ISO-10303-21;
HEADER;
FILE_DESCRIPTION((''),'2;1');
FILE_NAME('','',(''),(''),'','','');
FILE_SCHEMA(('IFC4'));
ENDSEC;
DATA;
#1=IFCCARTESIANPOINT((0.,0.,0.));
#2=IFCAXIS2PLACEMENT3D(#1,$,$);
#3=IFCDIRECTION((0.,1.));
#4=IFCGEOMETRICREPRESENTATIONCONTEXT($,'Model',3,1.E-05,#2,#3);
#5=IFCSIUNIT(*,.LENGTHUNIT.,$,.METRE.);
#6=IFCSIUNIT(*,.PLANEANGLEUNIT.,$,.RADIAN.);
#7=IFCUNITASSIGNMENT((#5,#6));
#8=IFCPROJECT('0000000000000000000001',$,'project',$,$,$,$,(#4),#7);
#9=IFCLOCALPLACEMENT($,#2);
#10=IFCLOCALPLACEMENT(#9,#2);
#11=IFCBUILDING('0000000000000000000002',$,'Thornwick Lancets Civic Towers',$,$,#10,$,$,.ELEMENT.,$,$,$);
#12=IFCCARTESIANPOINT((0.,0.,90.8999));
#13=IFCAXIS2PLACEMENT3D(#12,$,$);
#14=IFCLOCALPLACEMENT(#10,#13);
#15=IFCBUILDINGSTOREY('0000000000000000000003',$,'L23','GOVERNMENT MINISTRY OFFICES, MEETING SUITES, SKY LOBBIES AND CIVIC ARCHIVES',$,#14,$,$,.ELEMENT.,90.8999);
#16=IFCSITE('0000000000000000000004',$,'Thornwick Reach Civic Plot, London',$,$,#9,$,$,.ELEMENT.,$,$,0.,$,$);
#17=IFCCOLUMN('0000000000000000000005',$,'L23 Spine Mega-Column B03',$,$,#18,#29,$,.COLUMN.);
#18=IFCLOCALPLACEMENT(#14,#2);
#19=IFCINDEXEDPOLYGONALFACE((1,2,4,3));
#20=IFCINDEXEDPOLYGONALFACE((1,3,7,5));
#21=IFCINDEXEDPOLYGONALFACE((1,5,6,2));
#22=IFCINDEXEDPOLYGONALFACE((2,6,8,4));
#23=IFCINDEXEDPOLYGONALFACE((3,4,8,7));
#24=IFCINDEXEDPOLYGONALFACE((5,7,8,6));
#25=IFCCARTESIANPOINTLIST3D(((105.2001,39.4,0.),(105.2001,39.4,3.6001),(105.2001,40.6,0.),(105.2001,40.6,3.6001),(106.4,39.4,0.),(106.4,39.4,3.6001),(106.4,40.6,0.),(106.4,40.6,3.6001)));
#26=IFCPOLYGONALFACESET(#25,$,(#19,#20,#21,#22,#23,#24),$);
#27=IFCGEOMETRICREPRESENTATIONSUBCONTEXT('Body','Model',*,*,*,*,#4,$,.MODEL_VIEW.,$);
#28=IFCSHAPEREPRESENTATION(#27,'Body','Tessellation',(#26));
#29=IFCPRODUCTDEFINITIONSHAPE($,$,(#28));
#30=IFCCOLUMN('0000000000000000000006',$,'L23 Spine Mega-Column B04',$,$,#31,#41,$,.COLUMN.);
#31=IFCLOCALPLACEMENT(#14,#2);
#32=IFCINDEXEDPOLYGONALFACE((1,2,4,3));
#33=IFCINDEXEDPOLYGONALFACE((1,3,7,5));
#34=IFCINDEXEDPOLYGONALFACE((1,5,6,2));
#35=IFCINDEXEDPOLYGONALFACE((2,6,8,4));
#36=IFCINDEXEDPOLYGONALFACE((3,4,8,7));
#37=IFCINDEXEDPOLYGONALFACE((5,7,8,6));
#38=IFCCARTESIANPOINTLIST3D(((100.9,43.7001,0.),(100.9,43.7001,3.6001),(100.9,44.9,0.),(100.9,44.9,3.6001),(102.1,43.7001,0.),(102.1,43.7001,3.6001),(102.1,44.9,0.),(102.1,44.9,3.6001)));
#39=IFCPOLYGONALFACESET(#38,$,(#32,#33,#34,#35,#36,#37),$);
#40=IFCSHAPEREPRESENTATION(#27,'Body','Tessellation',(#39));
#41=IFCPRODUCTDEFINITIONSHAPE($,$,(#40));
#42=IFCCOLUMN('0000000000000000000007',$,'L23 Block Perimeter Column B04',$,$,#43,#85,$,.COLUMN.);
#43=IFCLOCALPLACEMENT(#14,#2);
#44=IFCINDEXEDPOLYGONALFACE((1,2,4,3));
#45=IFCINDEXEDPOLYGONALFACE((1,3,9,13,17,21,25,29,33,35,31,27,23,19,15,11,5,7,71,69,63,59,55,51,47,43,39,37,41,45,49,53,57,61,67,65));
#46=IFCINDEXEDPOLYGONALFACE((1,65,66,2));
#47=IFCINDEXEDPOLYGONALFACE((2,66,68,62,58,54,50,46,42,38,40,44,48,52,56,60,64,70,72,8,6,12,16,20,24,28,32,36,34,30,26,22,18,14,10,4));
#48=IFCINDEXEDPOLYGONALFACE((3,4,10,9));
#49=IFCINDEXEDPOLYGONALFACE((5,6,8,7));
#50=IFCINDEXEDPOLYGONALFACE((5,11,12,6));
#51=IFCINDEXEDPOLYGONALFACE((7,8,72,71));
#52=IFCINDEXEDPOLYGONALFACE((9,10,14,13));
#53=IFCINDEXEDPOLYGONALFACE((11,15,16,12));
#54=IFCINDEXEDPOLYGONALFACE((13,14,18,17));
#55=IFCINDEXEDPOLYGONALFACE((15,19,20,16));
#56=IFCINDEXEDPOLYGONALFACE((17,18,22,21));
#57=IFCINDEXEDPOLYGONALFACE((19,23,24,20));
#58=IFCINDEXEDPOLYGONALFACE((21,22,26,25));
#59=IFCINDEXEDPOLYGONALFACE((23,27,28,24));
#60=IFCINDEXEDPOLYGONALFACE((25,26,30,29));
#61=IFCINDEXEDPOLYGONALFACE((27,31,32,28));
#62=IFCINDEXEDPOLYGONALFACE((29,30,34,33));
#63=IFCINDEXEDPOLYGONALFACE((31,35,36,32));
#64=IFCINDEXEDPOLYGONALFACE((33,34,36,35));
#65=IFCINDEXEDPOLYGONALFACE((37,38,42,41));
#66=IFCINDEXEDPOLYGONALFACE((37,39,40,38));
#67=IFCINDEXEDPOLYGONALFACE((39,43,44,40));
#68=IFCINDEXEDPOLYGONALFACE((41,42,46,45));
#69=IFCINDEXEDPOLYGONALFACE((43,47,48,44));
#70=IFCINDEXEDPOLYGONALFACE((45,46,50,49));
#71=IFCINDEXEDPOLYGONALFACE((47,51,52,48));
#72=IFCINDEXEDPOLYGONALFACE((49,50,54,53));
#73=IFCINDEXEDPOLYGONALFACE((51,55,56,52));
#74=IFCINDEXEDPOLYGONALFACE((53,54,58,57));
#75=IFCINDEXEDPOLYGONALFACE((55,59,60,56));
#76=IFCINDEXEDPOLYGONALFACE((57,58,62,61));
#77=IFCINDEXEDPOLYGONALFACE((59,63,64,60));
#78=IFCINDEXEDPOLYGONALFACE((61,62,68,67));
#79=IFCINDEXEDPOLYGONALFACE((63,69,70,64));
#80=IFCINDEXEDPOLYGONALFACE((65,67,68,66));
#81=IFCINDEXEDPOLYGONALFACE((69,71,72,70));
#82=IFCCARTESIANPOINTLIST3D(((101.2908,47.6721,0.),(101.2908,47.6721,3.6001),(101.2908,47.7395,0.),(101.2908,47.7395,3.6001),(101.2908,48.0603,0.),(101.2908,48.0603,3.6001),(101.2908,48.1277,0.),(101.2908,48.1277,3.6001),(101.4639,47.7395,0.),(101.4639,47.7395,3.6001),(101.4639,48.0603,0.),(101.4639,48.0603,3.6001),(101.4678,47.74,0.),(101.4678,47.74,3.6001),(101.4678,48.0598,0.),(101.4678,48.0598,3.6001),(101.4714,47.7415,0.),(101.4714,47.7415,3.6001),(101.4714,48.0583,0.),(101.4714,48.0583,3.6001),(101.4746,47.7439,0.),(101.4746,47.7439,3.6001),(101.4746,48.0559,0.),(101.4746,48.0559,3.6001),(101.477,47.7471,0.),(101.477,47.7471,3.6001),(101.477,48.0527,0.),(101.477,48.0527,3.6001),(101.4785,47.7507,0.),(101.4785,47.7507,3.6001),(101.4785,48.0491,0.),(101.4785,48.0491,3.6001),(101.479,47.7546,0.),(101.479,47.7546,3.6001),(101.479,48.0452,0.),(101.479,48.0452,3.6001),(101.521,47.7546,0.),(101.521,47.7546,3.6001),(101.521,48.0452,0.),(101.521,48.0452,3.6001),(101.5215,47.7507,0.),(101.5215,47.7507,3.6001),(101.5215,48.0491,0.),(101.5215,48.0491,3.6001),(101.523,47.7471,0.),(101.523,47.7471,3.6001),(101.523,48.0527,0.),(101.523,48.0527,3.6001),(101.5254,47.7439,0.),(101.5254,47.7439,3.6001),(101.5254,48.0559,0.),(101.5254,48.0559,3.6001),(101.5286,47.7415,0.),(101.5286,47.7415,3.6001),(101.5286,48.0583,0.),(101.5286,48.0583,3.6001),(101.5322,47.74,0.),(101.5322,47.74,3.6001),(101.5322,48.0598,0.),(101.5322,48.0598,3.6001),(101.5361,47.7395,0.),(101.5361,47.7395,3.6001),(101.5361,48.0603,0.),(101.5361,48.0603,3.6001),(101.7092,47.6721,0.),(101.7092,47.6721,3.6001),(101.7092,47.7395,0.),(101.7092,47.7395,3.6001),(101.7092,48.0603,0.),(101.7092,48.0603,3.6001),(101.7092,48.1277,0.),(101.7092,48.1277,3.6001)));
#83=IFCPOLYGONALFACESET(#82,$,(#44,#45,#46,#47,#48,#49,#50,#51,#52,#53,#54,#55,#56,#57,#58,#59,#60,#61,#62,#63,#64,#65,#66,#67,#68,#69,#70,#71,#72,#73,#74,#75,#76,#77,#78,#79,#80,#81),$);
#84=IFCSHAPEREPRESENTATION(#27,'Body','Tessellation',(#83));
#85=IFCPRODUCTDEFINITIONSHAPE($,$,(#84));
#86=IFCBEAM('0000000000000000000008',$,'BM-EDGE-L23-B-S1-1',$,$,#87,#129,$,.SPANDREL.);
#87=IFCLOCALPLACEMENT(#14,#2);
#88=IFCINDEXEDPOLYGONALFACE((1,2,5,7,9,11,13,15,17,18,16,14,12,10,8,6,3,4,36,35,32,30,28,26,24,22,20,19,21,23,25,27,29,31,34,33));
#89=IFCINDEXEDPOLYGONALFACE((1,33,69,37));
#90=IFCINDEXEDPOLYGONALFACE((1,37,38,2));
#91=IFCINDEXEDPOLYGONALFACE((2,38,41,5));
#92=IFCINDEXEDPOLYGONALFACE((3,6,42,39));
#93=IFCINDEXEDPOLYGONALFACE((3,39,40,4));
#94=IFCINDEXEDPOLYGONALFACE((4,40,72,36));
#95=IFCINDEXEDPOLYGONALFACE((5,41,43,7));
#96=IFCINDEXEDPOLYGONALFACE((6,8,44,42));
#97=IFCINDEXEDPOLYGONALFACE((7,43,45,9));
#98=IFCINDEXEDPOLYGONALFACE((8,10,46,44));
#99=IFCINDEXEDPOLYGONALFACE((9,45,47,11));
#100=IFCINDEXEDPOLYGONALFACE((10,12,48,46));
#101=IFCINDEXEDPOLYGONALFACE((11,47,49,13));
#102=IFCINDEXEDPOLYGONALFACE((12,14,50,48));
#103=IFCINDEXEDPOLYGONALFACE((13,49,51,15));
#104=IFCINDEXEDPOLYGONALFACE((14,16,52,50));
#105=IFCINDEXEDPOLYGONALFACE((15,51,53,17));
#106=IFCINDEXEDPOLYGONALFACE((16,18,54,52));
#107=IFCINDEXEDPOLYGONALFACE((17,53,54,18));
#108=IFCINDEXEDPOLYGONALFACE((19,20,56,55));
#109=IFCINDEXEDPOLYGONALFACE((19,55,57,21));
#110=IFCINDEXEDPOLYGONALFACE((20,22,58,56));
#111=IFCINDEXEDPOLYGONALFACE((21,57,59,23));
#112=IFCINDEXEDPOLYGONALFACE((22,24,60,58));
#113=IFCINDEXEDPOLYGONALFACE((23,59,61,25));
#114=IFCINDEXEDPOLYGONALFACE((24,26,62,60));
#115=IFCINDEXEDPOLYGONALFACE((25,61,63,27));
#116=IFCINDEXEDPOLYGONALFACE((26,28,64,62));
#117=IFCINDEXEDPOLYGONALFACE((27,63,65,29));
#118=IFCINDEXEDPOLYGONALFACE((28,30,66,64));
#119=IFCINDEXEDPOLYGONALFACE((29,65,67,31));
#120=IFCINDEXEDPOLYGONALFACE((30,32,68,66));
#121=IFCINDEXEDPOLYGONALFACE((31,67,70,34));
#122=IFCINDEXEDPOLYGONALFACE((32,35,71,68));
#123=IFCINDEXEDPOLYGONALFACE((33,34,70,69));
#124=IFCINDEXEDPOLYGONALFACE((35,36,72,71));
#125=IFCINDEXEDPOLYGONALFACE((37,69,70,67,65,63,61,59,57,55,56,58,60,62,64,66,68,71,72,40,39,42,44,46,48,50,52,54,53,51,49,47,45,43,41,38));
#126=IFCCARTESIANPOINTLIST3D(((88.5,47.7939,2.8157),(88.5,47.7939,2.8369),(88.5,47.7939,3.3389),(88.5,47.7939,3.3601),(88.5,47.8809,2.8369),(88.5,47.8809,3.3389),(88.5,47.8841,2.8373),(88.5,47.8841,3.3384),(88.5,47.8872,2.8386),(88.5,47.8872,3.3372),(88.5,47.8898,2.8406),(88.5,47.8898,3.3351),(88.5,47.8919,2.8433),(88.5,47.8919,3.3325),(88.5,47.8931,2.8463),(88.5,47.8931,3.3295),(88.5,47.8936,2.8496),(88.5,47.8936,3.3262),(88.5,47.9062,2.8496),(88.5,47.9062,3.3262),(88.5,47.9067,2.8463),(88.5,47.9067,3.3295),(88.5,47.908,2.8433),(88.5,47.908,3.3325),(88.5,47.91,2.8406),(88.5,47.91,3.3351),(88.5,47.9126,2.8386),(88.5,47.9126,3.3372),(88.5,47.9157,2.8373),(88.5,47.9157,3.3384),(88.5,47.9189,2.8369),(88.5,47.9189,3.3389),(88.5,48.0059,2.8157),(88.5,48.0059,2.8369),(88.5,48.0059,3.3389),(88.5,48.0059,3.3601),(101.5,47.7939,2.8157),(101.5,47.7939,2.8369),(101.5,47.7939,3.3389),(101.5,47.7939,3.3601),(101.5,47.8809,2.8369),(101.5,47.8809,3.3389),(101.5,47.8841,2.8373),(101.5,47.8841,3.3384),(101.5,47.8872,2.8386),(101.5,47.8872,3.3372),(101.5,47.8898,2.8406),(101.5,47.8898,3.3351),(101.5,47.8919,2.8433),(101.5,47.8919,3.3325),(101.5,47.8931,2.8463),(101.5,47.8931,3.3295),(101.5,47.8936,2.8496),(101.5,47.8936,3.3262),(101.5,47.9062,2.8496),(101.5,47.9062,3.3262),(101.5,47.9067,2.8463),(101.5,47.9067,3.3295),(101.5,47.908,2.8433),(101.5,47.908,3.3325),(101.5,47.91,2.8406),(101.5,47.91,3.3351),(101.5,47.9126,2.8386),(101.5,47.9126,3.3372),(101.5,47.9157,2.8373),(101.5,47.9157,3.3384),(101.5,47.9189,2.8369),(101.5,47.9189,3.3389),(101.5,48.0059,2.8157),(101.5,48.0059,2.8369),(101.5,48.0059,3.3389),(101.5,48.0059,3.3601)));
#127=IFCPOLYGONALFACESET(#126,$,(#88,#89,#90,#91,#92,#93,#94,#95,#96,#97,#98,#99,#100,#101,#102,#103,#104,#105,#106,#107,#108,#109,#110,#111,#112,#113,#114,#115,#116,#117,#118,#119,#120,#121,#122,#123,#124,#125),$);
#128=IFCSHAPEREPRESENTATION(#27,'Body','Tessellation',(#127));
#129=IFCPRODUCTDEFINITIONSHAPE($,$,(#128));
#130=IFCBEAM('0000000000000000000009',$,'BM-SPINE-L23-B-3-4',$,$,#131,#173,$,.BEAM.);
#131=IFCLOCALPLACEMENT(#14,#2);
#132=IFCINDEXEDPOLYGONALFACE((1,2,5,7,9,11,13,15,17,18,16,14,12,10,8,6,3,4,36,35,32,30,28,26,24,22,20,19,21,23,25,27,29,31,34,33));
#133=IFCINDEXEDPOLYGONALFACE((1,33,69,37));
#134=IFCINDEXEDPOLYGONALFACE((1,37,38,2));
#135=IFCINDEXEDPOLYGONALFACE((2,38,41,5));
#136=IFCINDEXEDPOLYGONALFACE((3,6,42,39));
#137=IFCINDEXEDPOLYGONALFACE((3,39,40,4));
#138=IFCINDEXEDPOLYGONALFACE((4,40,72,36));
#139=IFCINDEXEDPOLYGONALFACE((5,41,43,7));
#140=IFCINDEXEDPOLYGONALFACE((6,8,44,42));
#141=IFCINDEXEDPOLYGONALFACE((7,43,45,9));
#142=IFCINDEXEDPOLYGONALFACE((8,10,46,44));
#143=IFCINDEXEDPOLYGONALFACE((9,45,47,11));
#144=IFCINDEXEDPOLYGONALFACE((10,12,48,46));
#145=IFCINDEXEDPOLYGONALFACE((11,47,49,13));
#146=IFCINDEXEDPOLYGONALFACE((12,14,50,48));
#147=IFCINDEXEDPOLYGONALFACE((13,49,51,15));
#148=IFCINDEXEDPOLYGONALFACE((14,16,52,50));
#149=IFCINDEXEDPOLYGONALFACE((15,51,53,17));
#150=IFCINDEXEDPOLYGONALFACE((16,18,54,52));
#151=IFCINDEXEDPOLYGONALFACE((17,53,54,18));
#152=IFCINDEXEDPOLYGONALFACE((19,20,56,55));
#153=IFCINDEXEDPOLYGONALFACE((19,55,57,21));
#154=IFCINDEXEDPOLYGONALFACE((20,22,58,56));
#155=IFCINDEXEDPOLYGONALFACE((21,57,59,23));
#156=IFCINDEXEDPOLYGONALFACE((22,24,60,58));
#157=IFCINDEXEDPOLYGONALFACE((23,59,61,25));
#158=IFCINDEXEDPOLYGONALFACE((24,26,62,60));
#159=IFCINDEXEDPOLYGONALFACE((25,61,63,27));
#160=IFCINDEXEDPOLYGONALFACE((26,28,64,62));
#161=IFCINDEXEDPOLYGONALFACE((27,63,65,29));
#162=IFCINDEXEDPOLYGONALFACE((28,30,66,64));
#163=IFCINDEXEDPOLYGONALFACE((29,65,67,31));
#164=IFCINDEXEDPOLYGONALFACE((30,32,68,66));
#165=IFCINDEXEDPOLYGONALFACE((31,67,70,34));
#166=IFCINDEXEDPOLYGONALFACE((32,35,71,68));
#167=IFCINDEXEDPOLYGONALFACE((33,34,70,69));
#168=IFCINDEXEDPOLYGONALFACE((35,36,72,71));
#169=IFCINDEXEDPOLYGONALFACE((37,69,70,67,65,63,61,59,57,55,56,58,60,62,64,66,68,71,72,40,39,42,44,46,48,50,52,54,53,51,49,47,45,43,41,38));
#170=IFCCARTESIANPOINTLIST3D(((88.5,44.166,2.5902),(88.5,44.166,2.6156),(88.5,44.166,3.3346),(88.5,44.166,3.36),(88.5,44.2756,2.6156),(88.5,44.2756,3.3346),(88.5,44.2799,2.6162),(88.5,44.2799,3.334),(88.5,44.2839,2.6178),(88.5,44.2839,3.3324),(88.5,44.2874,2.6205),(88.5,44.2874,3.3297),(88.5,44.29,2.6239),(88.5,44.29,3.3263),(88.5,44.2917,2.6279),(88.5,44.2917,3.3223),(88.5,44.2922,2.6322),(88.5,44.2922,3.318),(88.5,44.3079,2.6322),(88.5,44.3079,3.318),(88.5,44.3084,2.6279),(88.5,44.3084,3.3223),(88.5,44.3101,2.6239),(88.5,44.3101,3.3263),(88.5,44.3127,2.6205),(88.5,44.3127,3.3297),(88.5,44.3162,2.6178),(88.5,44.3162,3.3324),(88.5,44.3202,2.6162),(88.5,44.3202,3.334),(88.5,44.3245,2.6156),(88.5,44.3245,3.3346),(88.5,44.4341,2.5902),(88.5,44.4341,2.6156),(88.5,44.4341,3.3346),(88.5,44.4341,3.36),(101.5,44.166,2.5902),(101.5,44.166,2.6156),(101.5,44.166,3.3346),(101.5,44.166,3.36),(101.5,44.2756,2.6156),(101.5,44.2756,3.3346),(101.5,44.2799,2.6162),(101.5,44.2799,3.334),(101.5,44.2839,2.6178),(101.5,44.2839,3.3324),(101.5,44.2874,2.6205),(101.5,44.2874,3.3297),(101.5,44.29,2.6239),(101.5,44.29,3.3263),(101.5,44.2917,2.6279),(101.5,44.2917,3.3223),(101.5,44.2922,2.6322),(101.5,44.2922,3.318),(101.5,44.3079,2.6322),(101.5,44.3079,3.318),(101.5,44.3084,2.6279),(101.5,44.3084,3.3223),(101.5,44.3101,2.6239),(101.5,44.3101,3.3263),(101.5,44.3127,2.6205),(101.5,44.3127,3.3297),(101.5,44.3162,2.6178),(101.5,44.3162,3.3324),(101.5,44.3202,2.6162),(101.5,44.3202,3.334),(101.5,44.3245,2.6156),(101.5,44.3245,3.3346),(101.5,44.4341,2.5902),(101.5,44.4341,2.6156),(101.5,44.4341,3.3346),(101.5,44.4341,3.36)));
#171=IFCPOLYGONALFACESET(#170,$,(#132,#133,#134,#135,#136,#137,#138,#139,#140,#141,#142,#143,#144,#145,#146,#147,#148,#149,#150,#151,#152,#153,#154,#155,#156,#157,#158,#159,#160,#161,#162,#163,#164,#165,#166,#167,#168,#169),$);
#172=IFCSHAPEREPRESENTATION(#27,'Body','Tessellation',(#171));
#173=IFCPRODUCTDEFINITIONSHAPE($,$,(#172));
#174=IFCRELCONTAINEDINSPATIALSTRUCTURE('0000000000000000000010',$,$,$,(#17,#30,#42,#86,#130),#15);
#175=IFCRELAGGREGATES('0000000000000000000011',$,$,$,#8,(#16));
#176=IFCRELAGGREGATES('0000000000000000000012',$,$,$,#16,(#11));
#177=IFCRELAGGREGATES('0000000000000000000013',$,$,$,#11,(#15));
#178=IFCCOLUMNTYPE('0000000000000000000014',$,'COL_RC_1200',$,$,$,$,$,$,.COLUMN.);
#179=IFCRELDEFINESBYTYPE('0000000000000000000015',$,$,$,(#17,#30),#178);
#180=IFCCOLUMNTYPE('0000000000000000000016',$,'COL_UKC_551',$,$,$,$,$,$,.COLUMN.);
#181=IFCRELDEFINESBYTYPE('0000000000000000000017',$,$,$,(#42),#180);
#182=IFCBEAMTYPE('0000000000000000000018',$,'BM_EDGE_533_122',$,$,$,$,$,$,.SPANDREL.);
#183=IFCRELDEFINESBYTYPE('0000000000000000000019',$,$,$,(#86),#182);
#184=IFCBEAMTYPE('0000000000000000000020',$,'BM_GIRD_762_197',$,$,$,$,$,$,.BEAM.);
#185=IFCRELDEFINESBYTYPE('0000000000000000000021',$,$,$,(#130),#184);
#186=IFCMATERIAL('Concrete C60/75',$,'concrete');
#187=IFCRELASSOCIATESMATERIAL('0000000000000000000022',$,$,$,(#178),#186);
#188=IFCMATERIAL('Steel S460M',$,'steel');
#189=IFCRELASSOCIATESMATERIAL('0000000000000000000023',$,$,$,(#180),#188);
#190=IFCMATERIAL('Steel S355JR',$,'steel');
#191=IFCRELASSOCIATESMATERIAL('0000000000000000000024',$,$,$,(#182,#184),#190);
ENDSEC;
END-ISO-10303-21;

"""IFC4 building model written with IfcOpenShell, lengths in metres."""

from ifc_helpers import new_model, si_unit, direction, frame, origin, origin_2d, place, context, subcontext, project, spatial, rectangle, i_section, extrude, material, material_profile, profile_set, type_object, element, save


model = new_model("IFC4")

# Units and contexts
model_context = context("Model", 3, precision=1e-05, world=origin(), true_north=direction((0.0, 1.0)))
body_context = subcontext(model_context, "Body", "Model", "MODEL_VIEW")
ifc_project = project(units=[si_unit("LENGTHUNIT", "METRE"), si_unit("PLANEANGLEUNIT", "RADIAN")], contexts=[model_context])

# Site, building, storey
site_placement = place(None, origin())
site = spatial("IfcSite", under=ifc_project, at=site_placement, Name="Thornwick Reach Civic Plot, London", CompositionType="ELEMENT", RefElevation=0.0)
building_placement = place(site_placement, origin())
building = spatial("IfcBuilding", under=site, at=building_placement, Name="Thornwick Lancets Civic Towers", CompositionType="ELEMENT")
storey_placement = place(building_placement, frame((0.0, 0.0, 90.8999)))
storey = spatial("IfcBuildingStorey", under=building, at=storey_placement, Name="L23", Description="GOVERNMENT MINISTRY OFFICES, MEETING SUITES, SKY LOBBIES AND CIVIC ARCHIVES", CompositionType="ELEMENT", Elevation=90.8999)

# Columns
ifc_material_1 = material(Name="Concrete C60/75", Category="concrete")
ifc_material_profile_1 = material_profile(ifc_material_1, rectangle(XDim=1.2, YDim=1.2, at=origin_2d()), Name="RC 1200x1200")
ifc_profile_set_1 = profile_set([ifc_material_profile_1], Name="Concrete C60/75")
column_type_1 = type_object("IfcColumnType", Name="COL_RC_1200", PredefinedType="COLUMN", material=ifc_profile_set_1)
for number, where, z_axis, x_axis, name in (
    (1, (105.8, 40.0, 0.0), (0.0, 0.0, 1.0), (1.0, 0.0, 0.0), "L23 Spine Mega-Column B03"),
    (2, (101.5, 44.3, 0.0), (0.0, 0.0, 1.0), (1.0, 0.0, 0.0), "L23 Spine Mega-Column B04"),
):
    element("IfcColumn", number, at=place(storey_placement, frame(where, z_axis=z_axis, x_axis=x_axis)), inside=storey, type_object=column_type_1, Name=name, PredefinedType="COLUMN", context=body_context, shape_type="SweptSolid", body=[
        extrude(rectangle(XDim=1.2, YDim=1.2, at=origin_2d()), origin(), (0.0, 0.0, 1.0), 3.6001),
    ])
ifc_material_2 = material(Name="Steel S460M", Category="steel")
ifc_material_profile_2 = material_profile(ifc_material_2, i_section(OverallWidth=0.4185, OverallDepth=0.4556, WebThickness=0.042, FlangeThickness=0.0674, FilletRadius=0.0151, at=origin_2d()), Name="UKC 356x406x551")
ifc_profile_set_2 = profile_set([ifc_material_profile_2], Name="Steel S460M")
column_type_2 = type_object("IfcColumnType", Name="COL_UKC_551", PredefinedType="COLUMN", material=ifc_profile_set_2)
column_placement = place(storey_placement, frame((101.5, 47.8999, 0.0), z_axis=(0.0, 0.0, 1.0), x_axis=(1.0, 0.0, 0.0)))
element("IfcColumn", 3, at=column_placement, inside=storey, type_object=column_type_2, Name="L23 Block Perimeter Column B04", PredefinedType="COLUMN", context=body_context, shape_type="SweptSolid", body=[
    extrude(i_section(OverallWidth=0.4185, OverallDepth=0.4556, WebThickness=0.042, FlangeThickness=0.0674, FilletRadius=0.0151, at=origin_2d()), origin(), (0.0, 0.0, 1.0), 3.6001),
])

# Beams
ifc_material_3 = material(Name="Steel S355JR", Category="steel")
ifc_material_profile_3 = material_profile(ifc_material_3, i_section(OverallWidth=0.2119, OverallDepth=0.5444, WebThickness=0.0127, FlangeThickness=0.0212, FilletRadius=0.0127, at=origin_2d()), Name="UKB 533x210x122")
ifc_profile_set_3 = profile_set([ifc_material_profile_3], Name="Steel S355JR")
beam_type_1 = type_object("IfcBeamType", Name="BM_EDGE_533_122", PredefinedType="SPANDREL", material=ifc_profile_set_3)
beam_1_placement = place(storey_placement, frame((101.5, 47.8999, 3.0879), z_axis=(-1.0, 0.0, 0.0), x_axis=(0.0, -1.0, 0.0)))
element("IfcBeam", 4, at=beam_1_placement, inside=storey, type_object=beam_type_1, Name="BM-EDGE-L23-B-S1-1", PredefinedType="SPANDREL", context=body_context, shape_type="SweptSolid", body=[
    extrude(i_section(OverallWidth=0.2119, OverallDepth=0.5444, WebThickness=0.0127, FlangeThickness=0.0212, FilletRadius=0.0127, at=origin_2d()), origin(), (0.0, 0.0, 1.0), 13.0),
])
ifc_material_profile_4 = material_profile(ifc_material_3, i_section(OverallWidth=0.2681, OverallDepth=0.7698, WebThickness=0.0156, FlangeThickness=0.0254, FilletRadius=0.0166, at=origin_2d()), Name="UKB 762x267x197")
ifc_profile_set_4 = profile_set([ifc_material_profile_4], Name="Steel S355JR")
beam_type_2 = type_object("IfcBeamType", Name="BM_GIRD_762_197", PredefinedType="BEAM", material=ifc_profile_set_4)
beam_2_placement = place(storey_placement, frame((101.5, 44.3, 2.9751), z_axis=(-1.0, 0.0, 0.0), x_axis=(0.0, -1.0, 0.0)))
element("IfcBeam", 5, at=beam_2_placement, inside=storey, type_object=beam_type_2, Name="BM-SPINE-L23-B-3-4", PredefinedType="BEAM", context=body_context, shape_type="SweptSolid", body=[
    extrude(i_section(OverallWidth=0.2681, OverallDepth=0.7698, WebThickness=0.0156, FlangeThickness=0.0254, FilletRadius=0.0166, at=origin_2d()), origin(), (0.0, 0.0, 1.0), 13.0),
])

save(model, "model.ifc")
